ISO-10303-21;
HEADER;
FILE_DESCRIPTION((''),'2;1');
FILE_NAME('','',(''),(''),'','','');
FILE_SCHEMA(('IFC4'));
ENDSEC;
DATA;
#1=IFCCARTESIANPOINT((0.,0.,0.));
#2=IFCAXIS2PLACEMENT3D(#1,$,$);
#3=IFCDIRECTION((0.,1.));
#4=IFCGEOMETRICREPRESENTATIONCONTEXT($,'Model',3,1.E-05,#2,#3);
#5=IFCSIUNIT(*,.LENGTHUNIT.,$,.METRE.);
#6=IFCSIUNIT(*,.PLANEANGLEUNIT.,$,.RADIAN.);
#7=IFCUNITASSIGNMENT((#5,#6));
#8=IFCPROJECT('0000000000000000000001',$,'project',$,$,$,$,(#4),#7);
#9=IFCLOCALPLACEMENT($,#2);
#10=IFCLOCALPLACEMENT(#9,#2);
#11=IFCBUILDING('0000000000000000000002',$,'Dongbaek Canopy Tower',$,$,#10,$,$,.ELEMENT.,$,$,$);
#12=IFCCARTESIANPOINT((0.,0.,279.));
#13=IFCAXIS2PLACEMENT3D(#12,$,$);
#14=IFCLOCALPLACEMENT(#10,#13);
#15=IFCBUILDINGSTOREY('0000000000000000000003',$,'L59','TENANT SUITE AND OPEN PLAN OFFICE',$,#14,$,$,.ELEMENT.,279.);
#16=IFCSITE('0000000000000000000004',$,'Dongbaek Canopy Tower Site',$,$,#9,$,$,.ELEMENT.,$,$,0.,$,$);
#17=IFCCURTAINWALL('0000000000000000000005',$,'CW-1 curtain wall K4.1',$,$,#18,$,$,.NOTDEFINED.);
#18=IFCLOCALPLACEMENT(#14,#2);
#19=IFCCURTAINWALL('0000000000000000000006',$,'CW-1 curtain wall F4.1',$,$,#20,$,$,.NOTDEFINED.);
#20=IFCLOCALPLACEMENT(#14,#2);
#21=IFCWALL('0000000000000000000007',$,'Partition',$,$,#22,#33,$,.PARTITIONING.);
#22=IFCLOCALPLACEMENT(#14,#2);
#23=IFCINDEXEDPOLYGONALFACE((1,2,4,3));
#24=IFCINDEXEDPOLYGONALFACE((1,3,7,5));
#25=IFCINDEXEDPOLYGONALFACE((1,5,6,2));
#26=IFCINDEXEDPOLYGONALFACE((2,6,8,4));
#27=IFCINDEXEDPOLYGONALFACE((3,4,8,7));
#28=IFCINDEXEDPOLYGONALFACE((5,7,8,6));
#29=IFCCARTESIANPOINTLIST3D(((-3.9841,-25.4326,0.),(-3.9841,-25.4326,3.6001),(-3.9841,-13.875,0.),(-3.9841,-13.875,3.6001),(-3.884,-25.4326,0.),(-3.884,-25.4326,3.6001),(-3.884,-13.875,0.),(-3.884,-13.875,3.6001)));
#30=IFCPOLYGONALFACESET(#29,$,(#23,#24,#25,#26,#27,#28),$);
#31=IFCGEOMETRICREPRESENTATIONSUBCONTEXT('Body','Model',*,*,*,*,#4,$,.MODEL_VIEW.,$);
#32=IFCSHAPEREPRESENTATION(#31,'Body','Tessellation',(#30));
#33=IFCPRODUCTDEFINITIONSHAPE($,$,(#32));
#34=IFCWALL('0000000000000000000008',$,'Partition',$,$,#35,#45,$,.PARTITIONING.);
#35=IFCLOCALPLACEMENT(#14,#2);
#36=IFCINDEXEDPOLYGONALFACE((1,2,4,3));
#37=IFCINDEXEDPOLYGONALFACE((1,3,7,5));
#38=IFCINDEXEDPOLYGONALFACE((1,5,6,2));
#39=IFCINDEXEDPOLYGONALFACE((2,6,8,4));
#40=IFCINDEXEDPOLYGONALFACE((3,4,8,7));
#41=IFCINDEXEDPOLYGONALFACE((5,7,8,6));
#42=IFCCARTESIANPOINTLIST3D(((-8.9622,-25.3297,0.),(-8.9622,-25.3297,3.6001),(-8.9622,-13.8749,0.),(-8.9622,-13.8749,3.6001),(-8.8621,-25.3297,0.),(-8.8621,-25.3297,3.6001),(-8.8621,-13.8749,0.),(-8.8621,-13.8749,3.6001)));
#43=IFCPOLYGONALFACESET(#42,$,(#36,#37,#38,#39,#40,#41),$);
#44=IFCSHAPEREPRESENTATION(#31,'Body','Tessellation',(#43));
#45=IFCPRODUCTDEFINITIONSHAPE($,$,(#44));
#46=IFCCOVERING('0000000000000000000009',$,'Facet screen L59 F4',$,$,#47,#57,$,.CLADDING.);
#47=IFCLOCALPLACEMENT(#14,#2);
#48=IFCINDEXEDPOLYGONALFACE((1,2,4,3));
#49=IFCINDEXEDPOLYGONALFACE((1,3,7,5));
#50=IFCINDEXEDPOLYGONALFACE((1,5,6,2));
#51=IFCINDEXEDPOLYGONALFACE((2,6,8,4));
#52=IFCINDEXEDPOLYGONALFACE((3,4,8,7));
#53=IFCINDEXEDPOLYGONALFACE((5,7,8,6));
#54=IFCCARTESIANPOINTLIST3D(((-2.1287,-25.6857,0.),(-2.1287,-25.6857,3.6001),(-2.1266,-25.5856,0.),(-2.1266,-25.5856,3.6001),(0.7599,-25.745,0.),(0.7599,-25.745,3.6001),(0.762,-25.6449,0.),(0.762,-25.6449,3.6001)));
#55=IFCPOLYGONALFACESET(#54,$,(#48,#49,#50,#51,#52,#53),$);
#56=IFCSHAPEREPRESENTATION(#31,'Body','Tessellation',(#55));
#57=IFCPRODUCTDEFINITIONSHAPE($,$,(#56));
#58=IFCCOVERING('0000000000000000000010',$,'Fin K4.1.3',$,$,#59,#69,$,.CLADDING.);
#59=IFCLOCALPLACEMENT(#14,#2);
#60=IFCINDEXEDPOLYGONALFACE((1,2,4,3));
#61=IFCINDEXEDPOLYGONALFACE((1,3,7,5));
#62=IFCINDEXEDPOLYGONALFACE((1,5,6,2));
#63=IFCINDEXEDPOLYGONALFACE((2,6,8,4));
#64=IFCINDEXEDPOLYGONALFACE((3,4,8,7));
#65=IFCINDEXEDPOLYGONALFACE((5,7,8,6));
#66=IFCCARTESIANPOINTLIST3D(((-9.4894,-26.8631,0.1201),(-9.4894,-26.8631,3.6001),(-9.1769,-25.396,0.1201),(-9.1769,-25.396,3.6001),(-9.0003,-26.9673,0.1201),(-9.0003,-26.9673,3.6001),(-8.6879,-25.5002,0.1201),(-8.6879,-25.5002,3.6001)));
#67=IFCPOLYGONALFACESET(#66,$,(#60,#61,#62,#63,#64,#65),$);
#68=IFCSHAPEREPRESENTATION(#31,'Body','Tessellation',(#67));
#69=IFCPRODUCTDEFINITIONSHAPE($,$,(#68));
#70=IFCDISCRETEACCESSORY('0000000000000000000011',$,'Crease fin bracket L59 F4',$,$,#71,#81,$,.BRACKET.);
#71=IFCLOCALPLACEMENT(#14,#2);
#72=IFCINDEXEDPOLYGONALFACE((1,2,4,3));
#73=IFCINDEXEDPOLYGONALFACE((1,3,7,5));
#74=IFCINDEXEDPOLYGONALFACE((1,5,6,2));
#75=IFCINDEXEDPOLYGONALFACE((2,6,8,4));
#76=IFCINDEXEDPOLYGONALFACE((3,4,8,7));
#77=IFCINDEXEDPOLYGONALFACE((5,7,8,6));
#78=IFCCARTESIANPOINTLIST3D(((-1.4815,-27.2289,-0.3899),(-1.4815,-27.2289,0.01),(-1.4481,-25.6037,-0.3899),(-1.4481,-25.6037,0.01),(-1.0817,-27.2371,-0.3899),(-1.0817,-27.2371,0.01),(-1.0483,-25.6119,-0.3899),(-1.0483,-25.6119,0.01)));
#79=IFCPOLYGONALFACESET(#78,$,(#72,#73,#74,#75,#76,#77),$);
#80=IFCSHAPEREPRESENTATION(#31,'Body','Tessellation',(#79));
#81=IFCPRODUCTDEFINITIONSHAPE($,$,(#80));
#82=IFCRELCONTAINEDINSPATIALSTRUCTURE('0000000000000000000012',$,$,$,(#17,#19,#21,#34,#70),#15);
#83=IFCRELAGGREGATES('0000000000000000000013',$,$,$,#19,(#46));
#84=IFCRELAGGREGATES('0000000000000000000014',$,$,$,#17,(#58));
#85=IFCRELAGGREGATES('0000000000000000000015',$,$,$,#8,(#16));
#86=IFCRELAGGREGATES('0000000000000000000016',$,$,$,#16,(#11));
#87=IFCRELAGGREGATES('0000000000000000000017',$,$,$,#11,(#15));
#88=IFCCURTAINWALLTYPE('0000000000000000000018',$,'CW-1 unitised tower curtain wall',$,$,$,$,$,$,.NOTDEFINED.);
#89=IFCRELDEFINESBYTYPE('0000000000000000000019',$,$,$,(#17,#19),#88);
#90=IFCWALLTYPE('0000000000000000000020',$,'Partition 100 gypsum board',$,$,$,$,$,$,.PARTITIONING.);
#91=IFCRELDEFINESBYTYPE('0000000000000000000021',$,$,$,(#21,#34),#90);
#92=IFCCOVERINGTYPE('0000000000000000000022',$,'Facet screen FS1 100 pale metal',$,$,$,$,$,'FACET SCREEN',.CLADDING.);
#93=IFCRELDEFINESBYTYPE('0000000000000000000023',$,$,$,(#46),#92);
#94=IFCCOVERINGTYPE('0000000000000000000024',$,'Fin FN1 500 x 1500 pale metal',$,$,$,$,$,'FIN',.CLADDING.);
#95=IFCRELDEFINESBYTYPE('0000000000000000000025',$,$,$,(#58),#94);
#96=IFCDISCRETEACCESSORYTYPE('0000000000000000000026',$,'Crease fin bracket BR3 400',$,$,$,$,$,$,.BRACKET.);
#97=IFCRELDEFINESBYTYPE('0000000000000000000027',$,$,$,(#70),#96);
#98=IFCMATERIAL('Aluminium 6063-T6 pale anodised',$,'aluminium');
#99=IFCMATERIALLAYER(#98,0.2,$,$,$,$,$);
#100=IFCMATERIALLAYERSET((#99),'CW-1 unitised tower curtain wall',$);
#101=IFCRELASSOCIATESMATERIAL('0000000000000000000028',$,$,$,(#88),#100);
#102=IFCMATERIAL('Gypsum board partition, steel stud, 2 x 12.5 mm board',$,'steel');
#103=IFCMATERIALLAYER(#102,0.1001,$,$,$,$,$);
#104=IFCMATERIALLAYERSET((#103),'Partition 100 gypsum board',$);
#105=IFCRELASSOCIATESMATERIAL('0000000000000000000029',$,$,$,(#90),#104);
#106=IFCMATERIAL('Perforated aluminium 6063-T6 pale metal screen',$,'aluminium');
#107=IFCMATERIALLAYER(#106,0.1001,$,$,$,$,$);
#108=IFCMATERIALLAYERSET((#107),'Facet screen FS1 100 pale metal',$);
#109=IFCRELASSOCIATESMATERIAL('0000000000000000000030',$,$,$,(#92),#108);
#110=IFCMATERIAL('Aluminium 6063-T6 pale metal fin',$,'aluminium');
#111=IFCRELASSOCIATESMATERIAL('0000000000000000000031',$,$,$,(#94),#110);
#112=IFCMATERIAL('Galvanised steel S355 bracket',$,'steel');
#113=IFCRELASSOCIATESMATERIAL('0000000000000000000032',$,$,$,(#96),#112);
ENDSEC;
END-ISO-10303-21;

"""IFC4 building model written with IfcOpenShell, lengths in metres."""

from ifc_helpers import new_model, si_unit, direction, frame, frame_2d, origin, origin_2d, place, context, subcontext, project, spatial, rectangle, extrude, material, layer, layer_set, material_profile, profile_set, type_object, element, aggregate, save


model = new_model("IFC4")

# Units and contexts
model_context = context("Model", 3, precision=1e-05, world=origin(), true_north=direction((0.0, 1.0)))
body_context = subcontext(model_context, "Body", "Model", "MODEL_VIEW")
ifc_project = project(units=[si_unit("LENGTHUNIT", "METRE"), si_unit("PLANEANGLEUNIT", "RADIAN")], contexts=[model_context])

# Site, building, storey
site_placement = place(None, origin())
site = spatial("IfcSite", under=ifc_project, at=site_placement, Name="Dongbaek Canopy Tower Site", CompositionType="ELEMENT", RefElevation=0.0)
building_placement = place(site_placement, origin())
building = spatial("IfcBuilding", under=site, at=building_placement, Name="Dongbaek Canopy Tower", CompositionType="ELEMENT")
storey_placement = place(building_placement, frame((0.0, 0.0, 279.0)))
storey = spatial("IfcBuildingStorey", under=building, at=storey_placement, Name="L59", Description="TENANT SUITE AND OPEN PLAN OFFICE", CompositionType="ELEMENT", Elevation=279.0)

# Shared definitions
ifc_material_1 = material(Name="Aluminium 6063-T6 pale anodised", Category="aluminium")
ifc_layer_1 = layer(ifc_material_1, 0.2)
ifc_layer_set_1 = layer_set([ifc_layer_1], Name="CW-1 unitised tower curtain wall")
curtain_wall_type = type_object("IfcCurtainWallType", Name="CW-1 unitised tower curtain wall", PredefinedType="NOTDEFINED", material=ifc_layer_set_1)

# Curtain walls
curtain_wall_1_placement = place(storey_placement, origin())
curtain_wall_1 = element("IfcCurtainWall", 1, at=curtain_wall_1_placement, inside=storey, type_object=curtain_wall_type, Name="CW-1 curtain wall K4.1", PredefinedType="NOTDEFINED")
curtain_wall_2_placement = place(storey_placement, origin())
curtain_wall_2 = element("IfcCurtainWall", 2, at=curtain_wall_2_placement, inside=storey, type_object=curtain_wall_type, Name="CW-1 curtain wall F4.1", PredefinedType="NOTDEFINED")

# Walls
ifc_material_2 = material(Name="Gypsum board partition, steel stud, 2 x 12.5 mm board", Category="steel")
ifc_layer_2 = layer(ifc_material_2, 0.1001)
ifc_layer_set_2 = layer_set([ifc_layer_2], Name="Partition 100 gypsum board")
wall_type_1 = type_object("IfcWallType", Name="Partition 100 gypsum board", PredefinedType="PARTITIONING", material=ifc_layer_set_2)
wall_1_placement = place(storey_placement, frame((-3.9341, -25.4326, 0.0), z_axis=(0.0, 0.0, 1.0), x_axis=(0.0, 1.0, 0.0)))
element("IfcWall", 3, at=wall_1_placement, inside=storey, type_object=wall_type_1, Name="Partition", PredefinedType="PARTITIONING", context=body_context, shape_type="SweptSolid", body=[
    extrude(rectangle(XDim=11.5576, YDim=0.1001, at=frame_2d((5.7788, 0.0))), origin(), (0.0, 0.0, 1.0), 3.6001),
])
wall_2_placement = place(storey_placement, frame((-8.9121, -25.3298, 0.0), z_axis=(0.0, 0.0, 1.0), x_axis=(0.0, 1.0, 0.0)))
element("IfcWall", 4, at=wall_2_placement, inside=storey, type_object=wall_type_1, Name="Partition", PredefinedType="PARTITIONING", context=body_context, shape_type="SweptSolid", body=[
    extrude(rectangle(XDim=11.4548, YDim=0.1001, at=frame_2d((5.7275, 0.0))), origin(), (0.0, 0.0, 1.0), 3.6001),
])

# Coverings
ifc_material_3 = material(Name="Perforated aluminium 6063-T6 pale metal screen", Category="aluminium")
ifc_layer_3 = layer(ifc_material_3, 0.1001)
ifc_layer_set_3 = layer_set([ifc_layer_3], Name="Facet screen FS1 100 pale metal")
covering_type_1 = type_object("IfcCoveringType", Name="Facet screen FS1 100 pale metal", ElementType="FACET SCREEN", PredefinedType="CLADDING", material=ifc_layer_set_3)
covering_1_placement = place(storey_placement, frame((-0.6833, -25.6653, 0.0), z_axis=(0.0, 0.0, 1.0), x_axis=(0.999789, -0.020538, 0.0)))
covering_1 = element("IfcCovering", 5, at=covering_1_placement, type_object=covering_type_1, Name="Facet screen L59 F4", PredefinedType="CLADDING", context=body_context, shape_type="SweptSolid", body=[
    extrude(rectangle(XDim=2.8892, YDim=0.1001, at=origin_2d()), origin(), (0.0, 0.0, 1.0), 3.6001),
])
aggregate(curtain_wall_2, [covering_1])
ifc_material_4 = material(Name="Aluminium 6063-T6 pale metal fin", Category="aluminium")
ifc_material_profile_1 = material_profile(ifc_material_4, rectangle(XDim=1.5, YDim=0.5, at=origin_2d()), Name="Fin FN1 500 x 1500 pale metal")
ifc_profile_set_1 = profile_set([ifc_material_profile_1], Name="Aluminium 6063-T6 pale metal fin")
covering_type_2 = type_object("IfcCoveringType", Name="Fin FN1 500 x 1500 pale metal", ElementType="FIN", PredefinedType="CLADDING", material=ifc_profile_set_1)
covering_2_placement = place(storey_placement, frame((-9.0886, -26.1816, 0.1201), z_axis=(0.0, 0.0, 1.0), x_axis=(-0.208292, -0.978067, 0.0)))
covering_2 = element("IfcCovering", 6, at=covering_2_placement, type_object=covering_type_2, Name="Fin K4.1.3", PredefinedType="CLADDING", context=body_context, shape_type="SweptSolid", body=[
    extrude(rectangle(XDim=1.5, YDim=0.5, at=origin_2d()), origin(), (0.0, 0.0, 1.0), 3.48),
])
aggregate(curtain_wall_1, [covering_2])

# Discrete accessory
ifc_material_5 = material(Name="Galvanised steel S355 bracket", Category="steel")
discrete_accessory_type = type_object("IfcDiscreteAccessoryType", Name="Crease fin bracket BR3 400", PredefinedType="BRACKET", material=ifc_material_5)
discrete_accessory_placement = place(storey_placement, frame((-1.2649, -26.4204, -0.3899), z_axis=(0.0, 0.0, 1.0), x_axis=(-0.020538, -0.999789, 0.0)))
element("IfcDiscreteAccessory", 7, at=discrete_accessory_placement, inside=storey, type_object=discrete_accessory_type, Name="Crease fin bracket L59 F4", PredefinedType="BRACKET", context=body_context, shape_type="SweptSolid", body=[
    extrude(rectangle(XDim=1.6255, YDim=0.3999, at=origin_2d()), origin(), (0.0, 0.0, 1.0), 0.3999),
])

save(model, "model.ifc")
